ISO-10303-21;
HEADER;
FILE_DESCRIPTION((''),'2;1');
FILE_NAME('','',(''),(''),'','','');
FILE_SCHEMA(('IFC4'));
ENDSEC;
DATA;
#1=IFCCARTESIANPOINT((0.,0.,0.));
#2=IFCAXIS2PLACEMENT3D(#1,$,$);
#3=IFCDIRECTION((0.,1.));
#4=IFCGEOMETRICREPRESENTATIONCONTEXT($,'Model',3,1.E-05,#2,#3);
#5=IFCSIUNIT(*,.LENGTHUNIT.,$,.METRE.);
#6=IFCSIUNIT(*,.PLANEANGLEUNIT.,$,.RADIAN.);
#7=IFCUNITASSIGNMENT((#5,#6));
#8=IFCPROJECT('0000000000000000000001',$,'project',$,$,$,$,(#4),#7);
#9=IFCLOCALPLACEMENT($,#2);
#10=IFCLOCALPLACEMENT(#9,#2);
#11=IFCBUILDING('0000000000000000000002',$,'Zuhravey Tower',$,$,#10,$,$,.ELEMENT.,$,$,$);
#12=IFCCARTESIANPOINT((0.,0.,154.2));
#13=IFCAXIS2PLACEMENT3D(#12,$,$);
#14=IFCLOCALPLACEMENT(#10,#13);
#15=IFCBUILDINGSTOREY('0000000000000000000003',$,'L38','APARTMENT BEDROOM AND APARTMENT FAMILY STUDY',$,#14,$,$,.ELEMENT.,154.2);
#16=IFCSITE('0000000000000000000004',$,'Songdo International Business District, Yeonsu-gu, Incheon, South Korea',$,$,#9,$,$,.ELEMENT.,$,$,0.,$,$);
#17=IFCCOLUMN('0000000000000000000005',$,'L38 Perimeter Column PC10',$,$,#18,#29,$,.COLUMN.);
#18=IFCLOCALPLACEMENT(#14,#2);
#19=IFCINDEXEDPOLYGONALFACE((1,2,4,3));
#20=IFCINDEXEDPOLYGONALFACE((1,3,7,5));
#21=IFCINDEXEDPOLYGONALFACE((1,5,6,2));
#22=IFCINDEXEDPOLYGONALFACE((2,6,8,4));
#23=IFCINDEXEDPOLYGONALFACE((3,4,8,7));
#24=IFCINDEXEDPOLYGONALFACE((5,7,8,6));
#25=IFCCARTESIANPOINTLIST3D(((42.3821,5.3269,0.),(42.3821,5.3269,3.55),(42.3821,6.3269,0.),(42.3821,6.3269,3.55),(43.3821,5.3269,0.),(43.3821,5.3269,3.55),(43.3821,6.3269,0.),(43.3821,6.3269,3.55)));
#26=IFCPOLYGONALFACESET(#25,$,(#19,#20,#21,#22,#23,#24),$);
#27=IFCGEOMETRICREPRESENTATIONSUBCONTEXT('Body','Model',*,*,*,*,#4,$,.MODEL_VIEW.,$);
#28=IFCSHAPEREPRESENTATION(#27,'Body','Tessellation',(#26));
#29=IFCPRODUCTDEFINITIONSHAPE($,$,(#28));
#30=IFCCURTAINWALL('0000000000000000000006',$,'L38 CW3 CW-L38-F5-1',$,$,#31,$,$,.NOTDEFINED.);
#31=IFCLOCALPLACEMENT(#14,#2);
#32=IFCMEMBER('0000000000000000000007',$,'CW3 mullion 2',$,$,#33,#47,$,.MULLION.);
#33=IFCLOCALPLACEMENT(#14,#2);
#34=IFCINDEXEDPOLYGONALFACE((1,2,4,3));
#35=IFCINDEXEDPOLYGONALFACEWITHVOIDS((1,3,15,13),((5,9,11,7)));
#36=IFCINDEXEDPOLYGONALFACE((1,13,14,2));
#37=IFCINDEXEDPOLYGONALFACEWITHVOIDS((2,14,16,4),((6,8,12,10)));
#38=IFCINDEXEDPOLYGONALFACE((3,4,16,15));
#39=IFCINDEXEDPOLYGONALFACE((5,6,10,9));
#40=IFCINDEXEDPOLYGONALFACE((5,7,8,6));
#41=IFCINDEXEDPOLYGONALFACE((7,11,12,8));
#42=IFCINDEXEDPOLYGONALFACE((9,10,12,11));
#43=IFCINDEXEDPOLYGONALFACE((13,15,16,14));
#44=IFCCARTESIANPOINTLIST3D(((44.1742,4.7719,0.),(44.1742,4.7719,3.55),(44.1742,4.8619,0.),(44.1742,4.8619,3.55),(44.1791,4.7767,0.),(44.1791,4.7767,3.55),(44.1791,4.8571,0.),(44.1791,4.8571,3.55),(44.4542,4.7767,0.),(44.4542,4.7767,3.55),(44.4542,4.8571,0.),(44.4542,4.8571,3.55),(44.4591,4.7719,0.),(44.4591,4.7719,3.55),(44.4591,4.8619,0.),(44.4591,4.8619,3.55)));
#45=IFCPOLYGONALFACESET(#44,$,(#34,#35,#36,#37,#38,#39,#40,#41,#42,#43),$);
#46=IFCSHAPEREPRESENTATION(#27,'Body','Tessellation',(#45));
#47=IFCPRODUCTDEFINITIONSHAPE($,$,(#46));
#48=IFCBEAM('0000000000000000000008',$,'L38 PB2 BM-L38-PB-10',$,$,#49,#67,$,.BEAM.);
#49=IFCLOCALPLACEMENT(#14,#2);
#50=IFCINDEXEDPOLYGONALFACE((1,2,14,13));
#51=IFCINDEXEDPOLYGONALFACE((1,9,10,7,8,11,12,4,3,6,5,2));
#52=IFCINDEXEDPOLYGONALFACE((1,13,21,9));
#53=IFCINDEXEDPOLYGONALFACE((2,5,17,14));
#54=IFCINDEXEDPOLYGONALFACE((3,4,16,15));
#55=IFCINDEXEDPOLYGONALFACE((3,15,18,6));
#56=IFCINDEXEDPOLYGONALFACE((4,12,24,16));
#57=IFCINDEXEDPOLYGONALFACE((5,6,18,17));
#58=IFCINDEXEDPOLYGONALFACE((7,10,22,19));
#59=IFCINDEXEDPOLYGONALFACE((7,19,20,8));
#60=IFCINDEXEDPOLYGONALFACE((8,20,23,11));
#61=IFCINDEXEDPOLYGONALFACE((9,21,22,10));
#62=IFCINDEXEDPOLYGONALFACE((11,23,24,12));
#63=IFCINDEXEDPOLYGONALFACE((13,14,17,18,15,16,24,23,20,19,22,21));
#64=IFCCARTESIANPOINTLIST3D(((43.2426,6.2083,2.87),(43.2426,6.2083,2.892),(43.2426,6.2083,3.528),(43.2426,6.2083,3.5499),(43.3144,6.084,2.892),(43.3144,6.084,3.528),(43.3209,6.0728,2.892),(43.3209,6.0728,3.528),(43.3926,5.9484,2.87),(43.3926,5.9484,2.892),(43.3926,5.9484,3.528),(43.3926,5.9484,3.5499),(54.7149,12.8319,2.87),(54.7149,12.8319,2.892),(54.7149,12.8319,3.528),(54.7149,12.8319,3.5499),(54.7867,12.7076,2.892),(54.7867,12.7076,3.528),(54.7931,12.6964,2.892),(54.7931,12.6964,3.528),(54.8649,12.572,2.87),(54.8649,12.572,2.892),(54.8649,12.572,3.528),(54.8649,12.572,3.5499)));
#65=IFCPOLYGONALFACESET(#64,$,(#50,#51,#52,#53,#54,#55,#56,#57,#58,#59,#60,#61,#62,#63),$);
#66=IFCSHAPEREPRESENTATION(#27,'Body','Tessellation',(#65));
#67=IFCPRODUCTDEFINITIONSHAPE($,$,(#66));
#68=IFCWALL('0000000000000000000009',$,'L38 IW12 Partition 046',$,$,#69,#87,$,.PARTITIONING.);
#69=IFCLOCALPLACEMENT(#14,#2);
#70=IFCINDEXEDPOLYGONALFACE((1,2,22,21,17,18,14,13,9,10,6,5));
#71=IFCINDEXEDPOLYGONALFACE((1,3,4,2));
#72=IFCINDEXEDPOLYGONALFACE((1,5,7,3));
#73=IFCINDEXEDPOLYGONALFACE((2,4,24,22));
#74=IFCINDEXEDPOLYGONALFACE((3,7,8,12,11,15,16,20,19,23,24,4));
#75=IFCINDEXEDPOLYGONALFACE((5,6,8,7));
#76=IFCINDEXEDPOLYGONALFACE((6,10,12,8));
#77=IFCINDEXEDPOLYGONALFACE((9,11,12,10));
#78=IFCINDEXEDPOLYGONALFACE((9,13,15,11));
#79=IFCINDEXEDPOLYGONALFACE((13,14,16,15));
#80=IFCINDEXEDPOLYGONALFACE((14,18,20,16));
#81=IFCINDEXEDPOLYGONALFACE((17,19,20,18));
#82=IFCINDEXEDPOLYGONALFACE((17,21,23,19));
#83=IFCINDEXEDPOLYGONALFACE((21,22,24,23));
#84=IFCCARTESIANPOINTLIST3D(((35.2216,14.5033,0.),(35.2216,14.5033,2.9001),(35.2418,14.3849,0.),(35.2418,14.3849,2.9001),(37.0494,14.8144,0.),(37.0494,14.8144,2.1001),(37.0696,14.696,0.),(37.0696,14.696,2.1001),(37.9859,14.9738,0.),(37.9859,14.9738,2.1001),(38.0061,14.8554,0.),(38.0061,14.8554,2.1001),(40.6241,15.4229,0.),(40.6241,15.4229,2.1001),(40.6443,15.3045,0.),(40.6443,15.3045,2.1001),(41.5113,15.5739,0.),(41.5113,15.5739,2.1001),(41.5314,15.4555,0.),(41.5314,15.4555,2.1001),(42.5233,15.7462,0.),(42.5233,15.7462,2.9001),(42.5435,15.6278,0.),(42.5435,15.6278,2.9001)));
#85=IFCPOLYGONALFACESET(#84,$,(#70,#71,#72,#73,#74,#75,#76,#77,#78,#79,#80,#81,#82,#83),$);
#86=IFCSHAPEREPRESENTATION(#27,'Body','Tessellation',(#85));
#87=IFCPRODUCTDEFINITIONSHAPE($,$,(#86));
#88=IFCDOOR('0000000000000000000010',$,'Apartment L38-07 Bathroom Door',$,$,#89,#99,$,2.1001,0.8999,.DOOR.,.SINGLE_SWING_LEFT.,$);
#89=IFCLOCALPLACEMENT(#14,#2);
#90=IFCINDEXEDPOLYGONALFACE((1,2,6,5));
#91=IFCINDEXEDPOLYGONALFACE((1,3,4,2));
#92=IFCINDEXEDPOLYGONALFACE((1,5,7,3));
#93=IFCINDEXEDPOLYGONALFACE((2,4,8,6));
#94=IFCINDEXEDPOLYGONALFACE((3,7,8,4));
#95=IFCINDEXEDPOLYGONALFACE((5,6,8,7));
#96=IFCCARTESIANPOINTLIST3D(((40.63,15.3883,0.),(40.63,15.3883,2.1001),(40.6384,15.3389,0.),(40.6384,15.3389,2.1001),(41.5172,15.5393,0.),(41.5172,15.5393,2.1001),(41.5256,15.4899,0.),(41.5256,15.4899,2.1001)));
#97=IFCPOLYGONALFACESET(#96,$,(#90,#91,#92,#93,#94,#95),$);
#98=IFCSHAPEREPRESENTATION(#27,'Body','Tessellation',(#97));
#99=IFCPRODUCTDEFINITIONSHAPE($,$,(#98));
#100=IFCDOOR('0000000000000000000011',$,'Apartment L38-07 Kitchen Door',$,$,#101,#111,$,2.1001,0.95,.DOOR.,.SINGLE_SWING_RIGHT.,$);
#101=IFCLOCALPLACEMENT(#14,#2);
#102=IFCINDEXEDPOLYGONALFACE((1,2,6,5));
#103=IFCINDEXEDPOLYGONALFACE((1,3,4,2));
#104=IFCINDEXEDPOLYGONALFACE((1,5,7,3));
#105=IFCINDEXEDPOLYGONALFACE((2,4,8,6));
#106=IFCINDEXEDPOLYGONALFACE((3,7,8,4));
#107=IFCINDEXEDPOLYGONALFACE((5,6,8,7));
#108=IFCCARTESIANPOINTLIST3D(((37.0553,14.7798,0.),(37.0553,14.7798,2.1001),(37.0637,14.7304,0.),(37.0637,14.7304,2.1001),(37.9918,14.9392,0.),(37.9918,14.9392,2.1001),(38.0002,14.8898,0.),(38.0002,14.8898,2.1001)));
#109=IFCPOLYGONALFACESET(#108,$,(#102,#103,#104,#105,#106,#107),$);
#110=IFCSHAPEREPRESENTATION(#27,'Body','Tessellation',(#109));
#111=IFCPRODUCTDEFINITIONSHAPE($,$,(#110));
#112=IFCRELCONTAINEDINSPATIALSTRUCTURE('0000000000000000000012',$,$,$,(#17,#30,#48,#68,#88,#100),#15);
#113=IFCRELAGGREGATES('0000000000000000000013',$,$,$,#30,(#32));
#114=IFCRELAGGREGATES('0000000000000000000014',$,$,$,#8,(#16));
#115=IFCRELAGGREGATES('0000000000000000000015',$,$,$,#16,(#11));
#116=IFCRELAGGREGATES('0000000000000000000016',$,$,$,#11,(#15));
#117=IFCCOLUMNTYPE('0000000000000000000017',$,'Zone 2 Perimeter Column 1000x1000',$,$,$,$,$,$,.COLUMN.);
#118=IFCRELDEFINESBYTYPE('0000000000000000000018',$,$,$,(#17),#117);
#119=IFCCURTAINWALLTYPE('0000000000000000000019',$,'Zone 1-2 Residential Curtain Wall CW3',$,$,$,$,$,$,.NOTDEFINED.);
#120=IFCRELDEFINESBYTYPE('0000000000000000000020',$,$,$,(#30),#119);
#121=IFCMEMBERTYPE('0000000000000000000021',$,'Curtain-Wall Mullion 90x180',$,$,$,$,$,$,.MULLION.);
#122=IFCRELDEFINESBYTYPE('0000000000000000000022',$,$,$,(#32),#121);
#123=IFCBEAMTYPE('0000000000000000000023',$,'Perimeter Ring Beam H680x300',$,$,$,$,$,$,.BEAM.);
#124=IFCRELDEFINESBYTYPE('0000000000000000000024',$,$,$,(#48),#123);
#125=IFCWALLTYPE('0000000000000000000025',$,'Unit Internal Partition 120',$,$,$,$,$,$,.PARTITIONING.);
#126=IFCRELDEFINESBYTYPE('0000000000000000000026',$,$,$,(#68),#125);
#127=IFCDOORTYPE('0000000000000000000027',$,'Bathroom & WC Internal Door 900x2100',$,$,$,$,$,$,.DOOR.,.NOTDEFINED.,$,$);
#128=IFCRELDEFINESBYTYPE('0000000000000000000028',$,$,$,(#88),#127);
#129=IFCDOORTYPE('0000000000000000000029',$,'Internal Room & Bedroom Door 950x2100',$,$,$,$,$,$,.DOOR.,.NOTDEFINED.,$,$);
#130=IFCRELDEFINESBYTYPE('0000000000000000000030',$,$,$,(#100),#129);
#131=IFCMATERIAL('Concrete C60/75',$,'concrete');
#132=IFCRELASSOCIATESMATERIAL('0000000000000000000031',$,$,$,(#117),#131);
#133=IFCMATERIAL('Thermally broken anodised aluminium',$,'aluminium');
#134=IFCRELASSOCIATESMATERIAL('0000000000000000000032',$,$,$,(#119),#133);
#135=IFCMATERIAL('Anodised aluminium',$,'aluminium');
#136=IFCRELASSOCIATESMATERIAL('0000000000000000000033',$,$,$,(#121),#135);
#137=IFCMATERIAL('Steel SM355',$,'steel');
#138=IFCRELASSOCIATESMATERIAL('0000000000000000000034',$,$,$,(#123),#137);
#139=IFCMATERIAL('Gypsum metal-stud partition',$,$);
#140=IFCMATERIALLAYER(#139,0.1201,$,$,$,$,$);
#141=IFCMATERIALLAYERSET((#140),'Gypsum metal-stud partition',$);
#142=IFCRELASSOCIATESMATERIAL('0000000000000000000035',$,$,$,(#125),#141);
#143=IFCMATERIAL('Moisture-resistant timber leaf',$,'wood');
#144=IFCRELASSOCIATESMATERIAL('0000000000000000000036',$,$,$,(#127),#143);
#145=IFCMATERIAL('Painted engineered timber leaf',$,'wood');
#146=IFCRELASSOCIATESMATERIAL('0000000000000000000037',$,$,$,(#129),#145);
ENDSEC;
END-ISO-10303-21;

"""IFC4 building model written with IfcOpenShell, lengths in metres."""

from ifc_helpers import new_model, si_unit, direction, frame, frame_2d, origin, origin_2d, place, context, subcontext, project, spatial, rectangle, hollow_rectangle, i_section, extrude, material, layer, layer_set, material_profile, profile_set, type_object, element, fill, aggregate, save


model = new_model("IFC4")

# Units and contexts
model_context = context("Model", 3, precision=1e-05, world=origin(), true_north=direction((0.0, 1.0)))
body_context = subcontext(model_context, "Body", "Model", "MODEL_VIEW")
ifc_project = project(units=[si_unit("LENGTHUNIT", "METRE"), si_unit("PLANEANGLEUNIT", "RADIAN")], contexts=[model_context])

# Site, building, storey
site_placement = place(None, origin())
site = spatial("IfcSite", under=ifc_project, at=site_placement, Name="Songdo International Business District, Yeonsu-gu, Incheon, South Korea", CompositionType="ELEMENT", RefElevation=0.0)
building_placement = place(site_placement, origin())
building = spatial("IfcBuilding", under=site, at=building_placement, Name="Zuhravey Tower", CompositionType="ELEMENT")
storey_placement = place(building_placement, frame((0.0, 0.0, 154.2)))
storey = spatial("IfcBuildingStorey", under=building, at=storey_placement, Name="L38", Description="APARTMENT BEDROOM AND APARTMENT FAMILY STUDY", CompositionType="ELEMENT", Elevation=154.2)

# Column
ifc_material_1 = material(Name="Concrete C60/75", Category="concrete")
ifc_material_profile_1 = material_profile(ifc_material_1, rectangle(XDim=1.0, YDim=1.0, at=origin_2d()), Name="RC-1000x1000")
ifc_profile_set_1 = profile_set([ifc_material_profile_1], Name="Concrete C60/75")
column_type = type_object("IfcColumnType", Name="Zone 2 Perimeter Column 1000x1000", PredefinedType="COLUMN", material=ifc_profile_set_1)
column_placement = place(storey_placement, frame((42.8821, 5.8269, 0.0), z_axis=(0.0, 0.0, 1.0), x_axis=(1.0, 0.0, 0.0)))
element("IfcColumn", 1, at=column_placement, inside=storey, type_object=column_type, Name="L38 Perimeter Column PC10", PredefinedType="COLUMN", context=body_context, shape_type="SweptSolid", body=[
    extrude(rectangle(XDim=1.0, YDim=1.0, at=origin_2d()), origin(), (0.0, 0.0, 1.0), 3.55),
])

# Curtain wall, member
ifc_material_2 = material(Name="Thermally broken anodised aluminium", Category="aluminium")
curtain_wall_type = type_object("IfcCurtainWallType", Name="Zone 1-2 Residential Curtain Wall CW3", PredefinedType="NOTDEFINED", material=ifc_material_2)
curtain_wall_placement = place(storey_placement, origin())
curtain_wall = element("IfcCurtainWall", 2, at=curtain_wall_placement, inside=storey, type_object=curtain_wall_type, Name="L38 CW3 CW-L38-F5-1", PredefinedType="NOTDEFINED")
ifc_material_3 = material(Name="Anodised aluminium", Category="aluminium")
ifc_material_profile_2 = material_profile(ifc_material_3, hollow_rectangle(XDim=0.0901, YDim=0.2849, WallThickness=0.0049, at=origin_2d()), Name="ALU-RHS-90x285x5")
ifc_profile_set_2 = profile_set([ifc_material_profile_2], Name="Anodised aluminium")
member_type = type_object("IfcMemberType", Name="Curtain-Wall Mullion 90x180", PredefinedType="MULLION", material=ifc_profile_set_2)
member_placement = place(storey_placement, frame((44.3167, 4.8169, 0.0), z_axis=(0.0, 0.0, 1.0), x_axis=(0.0, -1.0, 0.0)))
member = element("IfcMember", 3, at=member_placement, type_object=member_type, Name="CW3 mullion 2", PredefinedType="MULLION", context=body_context, shape_type="SweptSolid", body=[
    extrude(hollow_rectangle(XDim=0.0901, YDim=0.2849, WallThickness=0.0049, at=origin_2d()), origin(), (0.0, 0.0, 1.0), 3.55),
])
aggregate(curtain_wall, [member])

# Beam
ifc_material_4 = material(Name="Steel SM355", Category="steel")
ifc_material_profile_3 = material_profile(ifc_material_4, i_section(OverallWidth=0.3, OverallDepth=0.6799, WebThickness=0.0129, FlangeThickness=0.022, at=origin_2d()), Name="H-680x300x13x22")
ifc_profile_set_3 = profile_set([ifc_material_profile_3], Name="Steel SM355")
beam_type = type_object("IfcBeamType", Name="Perimeter Ring Beam H680x300", PredefinedType="BEAM", material=ifc_profile_set_3)
beam_placement = place(storey_placement, frame((43.3176, 6.0784, 3.21), z_axis=(0.866023, 0.500004, 0.0), x_axis=(-0.500004, 0.866023, 0.0)))
element("IfcBeam", 4, at=beam_placement, inside=storey, type_object=beam_type, Name="L38 PB2 BM-L38-PB-10", PredefinedType="BEAM", context=body_context, shape_type="SweptSolid", body=[
    extrude(i_section(OverallWidth=0.3, OverallDepth=0.6799, WebThickness=0.0129, FlangeThickness=0.022, at=origin_2d()), origin(), (0.0, 0.0, 1.0), 13.2471),
])

# Wall, openings, doors
ifc_material_5 = material(Name="Gypsum metal-stud partition")
ifc_layer = layer(ifc_material_5, 0.1201)
ifc_layer_set = layer_set([ifc_layer], Name="Gypsum metal-stud partition")
wall_type = type_object("IfcWallType", Name="Unit Internal Partition 120", PredefinedType="PARTITIONING", material=ifc_layer_set)
wall_1_placement = place(storey_placement, frame((35.2317, 14.4441, 0.0), z_axis=(0.0, 0.0, 1.0), x_axis=(0.98582, 0.167808, 0.0)))
wall_1 = element("IfcWall", 5, at=wall_1_placement, inside=storey, type_object=wall_type, Name="L38 IW12 Partition 046", PredefinedType="PARTITIONING", context=body_context, shape_type="SweptSolid", body=[
    extrude(rectangle(XDim=7.4067, YDim=0.1201, at=frame_2d((3.7034, 0.0))), origin(), (0.0, 0.0, 1.0), 2.9001),
])
opening_1_placement = place(wall_1_placement, frame((1.854, 0.0, 0.0)))
opening_1 = element("IfcOpeningElement", 6, at=opening_1_placement, cuts=wall_1, PredefinedType="OPENING", context=body_context, shape_type="SweptSolid", body=[
    extrude(rectangle(XDim=0.95, YDim=2.1001, at=frame_2d((0.4751, 1.05))), frame((0.0, 0.072, 0.0), z_axis=(0.0, -1.0, 0.0), x_axis=(1.0, 0.0, 0.0)), (0.0, 0.0, 1.0), 0.144),
])
opening_2_placement = place(wall_1_placement, frame((5.4802, 0.0, 0.0)))
opening_2 = element("IfcOpeningElement", 7, at=opening_2_placement, cuts=wall_1, PredefinedType="OPENING", context=body_context, shape_type="SweptSolid", body=[
    extrude(rectangle(XDim=0.8999, YDim=2.1001, at=frame_2d((0.45, 1.05))), frame((0.0, 0.072, 0.0), z_axis=(0.0, -1.0, 0.0), x_axis=(1.0, 0.0, 0.0)), (0.0, 0.0, 1.0), 0.144),
])
ifc_material_6 = material(Name="Moisture-resistant timber leaf", Category="wood")
door_type_1 = type_object("IfcDoorType", Name="Bathroom & WC Internal Door 900x2100", OperationType="NOTDEFINED", PredefinedType="DOOR", material=ifc_material_6)
door_1_placement = place(opening_2_placement, origin())
door_1 = element("IfcDoor", 8, at=door_1_placement, inside=storey, type_object=door_type_1, Name="Apartment L38-07 Bathroom Door", OperationType="SINGLE_SWING_LEFT", OverallHeight=2.1001, OverallWidth=0.8999, PredefinedType="DOOR", context=body_context, shape_type="SweptSolid", body=[
    extrude(rectangle(XDim=0.8999, YDim=2.1001, at=frame_2d((0.45, 1.05))), frame((0.0, 0.0249, 0.0), z_axis=(0.0, -1.0, 0.0), x_axis=(1.0, 0.0, 0.0)), (0.0, 0.0, 1.0), 0.05),
])
fill(opening_2, door_1)
ifc_material_7 = material(Name="Painted engineered timber leaf", Category="wood")
door_type_2 = type_object("IfcDoorType", Name="Internal Room & Bedroom Door 950x2100", OperationType="NOTDEFINED", PredefinedType="DOOR", material=ifc_material_7)
door_2_placement = place(opening_1_placement, origin())
door_2 = element("IfcDoor", 9, at=door_2_placement, inside=storey, type_object=door_type_2, Name="Apartment L38-07 Kitchen Door", OperationType="SINGLE_SWING_RIGHT", OverallHeight=2.1001, OverallWidth=0.95, PredefinedType="DOOR", context=body_context, shape_type="SweptSolid", body=[
    extrude(rectangle(XDim=0.95, YDim=2.1001, at=frame_2d((0.4751, 1.05))), frame((0.0, 0.0249, 0.0), z_axis=(0.0, -1.0, 0.0), x_axis=(1.0, 0.0, 0.0)), (0.0, 0.0, 1.0), 0.05),
])
fill(opening_1, door_2)

save(model, "model.ifc")
